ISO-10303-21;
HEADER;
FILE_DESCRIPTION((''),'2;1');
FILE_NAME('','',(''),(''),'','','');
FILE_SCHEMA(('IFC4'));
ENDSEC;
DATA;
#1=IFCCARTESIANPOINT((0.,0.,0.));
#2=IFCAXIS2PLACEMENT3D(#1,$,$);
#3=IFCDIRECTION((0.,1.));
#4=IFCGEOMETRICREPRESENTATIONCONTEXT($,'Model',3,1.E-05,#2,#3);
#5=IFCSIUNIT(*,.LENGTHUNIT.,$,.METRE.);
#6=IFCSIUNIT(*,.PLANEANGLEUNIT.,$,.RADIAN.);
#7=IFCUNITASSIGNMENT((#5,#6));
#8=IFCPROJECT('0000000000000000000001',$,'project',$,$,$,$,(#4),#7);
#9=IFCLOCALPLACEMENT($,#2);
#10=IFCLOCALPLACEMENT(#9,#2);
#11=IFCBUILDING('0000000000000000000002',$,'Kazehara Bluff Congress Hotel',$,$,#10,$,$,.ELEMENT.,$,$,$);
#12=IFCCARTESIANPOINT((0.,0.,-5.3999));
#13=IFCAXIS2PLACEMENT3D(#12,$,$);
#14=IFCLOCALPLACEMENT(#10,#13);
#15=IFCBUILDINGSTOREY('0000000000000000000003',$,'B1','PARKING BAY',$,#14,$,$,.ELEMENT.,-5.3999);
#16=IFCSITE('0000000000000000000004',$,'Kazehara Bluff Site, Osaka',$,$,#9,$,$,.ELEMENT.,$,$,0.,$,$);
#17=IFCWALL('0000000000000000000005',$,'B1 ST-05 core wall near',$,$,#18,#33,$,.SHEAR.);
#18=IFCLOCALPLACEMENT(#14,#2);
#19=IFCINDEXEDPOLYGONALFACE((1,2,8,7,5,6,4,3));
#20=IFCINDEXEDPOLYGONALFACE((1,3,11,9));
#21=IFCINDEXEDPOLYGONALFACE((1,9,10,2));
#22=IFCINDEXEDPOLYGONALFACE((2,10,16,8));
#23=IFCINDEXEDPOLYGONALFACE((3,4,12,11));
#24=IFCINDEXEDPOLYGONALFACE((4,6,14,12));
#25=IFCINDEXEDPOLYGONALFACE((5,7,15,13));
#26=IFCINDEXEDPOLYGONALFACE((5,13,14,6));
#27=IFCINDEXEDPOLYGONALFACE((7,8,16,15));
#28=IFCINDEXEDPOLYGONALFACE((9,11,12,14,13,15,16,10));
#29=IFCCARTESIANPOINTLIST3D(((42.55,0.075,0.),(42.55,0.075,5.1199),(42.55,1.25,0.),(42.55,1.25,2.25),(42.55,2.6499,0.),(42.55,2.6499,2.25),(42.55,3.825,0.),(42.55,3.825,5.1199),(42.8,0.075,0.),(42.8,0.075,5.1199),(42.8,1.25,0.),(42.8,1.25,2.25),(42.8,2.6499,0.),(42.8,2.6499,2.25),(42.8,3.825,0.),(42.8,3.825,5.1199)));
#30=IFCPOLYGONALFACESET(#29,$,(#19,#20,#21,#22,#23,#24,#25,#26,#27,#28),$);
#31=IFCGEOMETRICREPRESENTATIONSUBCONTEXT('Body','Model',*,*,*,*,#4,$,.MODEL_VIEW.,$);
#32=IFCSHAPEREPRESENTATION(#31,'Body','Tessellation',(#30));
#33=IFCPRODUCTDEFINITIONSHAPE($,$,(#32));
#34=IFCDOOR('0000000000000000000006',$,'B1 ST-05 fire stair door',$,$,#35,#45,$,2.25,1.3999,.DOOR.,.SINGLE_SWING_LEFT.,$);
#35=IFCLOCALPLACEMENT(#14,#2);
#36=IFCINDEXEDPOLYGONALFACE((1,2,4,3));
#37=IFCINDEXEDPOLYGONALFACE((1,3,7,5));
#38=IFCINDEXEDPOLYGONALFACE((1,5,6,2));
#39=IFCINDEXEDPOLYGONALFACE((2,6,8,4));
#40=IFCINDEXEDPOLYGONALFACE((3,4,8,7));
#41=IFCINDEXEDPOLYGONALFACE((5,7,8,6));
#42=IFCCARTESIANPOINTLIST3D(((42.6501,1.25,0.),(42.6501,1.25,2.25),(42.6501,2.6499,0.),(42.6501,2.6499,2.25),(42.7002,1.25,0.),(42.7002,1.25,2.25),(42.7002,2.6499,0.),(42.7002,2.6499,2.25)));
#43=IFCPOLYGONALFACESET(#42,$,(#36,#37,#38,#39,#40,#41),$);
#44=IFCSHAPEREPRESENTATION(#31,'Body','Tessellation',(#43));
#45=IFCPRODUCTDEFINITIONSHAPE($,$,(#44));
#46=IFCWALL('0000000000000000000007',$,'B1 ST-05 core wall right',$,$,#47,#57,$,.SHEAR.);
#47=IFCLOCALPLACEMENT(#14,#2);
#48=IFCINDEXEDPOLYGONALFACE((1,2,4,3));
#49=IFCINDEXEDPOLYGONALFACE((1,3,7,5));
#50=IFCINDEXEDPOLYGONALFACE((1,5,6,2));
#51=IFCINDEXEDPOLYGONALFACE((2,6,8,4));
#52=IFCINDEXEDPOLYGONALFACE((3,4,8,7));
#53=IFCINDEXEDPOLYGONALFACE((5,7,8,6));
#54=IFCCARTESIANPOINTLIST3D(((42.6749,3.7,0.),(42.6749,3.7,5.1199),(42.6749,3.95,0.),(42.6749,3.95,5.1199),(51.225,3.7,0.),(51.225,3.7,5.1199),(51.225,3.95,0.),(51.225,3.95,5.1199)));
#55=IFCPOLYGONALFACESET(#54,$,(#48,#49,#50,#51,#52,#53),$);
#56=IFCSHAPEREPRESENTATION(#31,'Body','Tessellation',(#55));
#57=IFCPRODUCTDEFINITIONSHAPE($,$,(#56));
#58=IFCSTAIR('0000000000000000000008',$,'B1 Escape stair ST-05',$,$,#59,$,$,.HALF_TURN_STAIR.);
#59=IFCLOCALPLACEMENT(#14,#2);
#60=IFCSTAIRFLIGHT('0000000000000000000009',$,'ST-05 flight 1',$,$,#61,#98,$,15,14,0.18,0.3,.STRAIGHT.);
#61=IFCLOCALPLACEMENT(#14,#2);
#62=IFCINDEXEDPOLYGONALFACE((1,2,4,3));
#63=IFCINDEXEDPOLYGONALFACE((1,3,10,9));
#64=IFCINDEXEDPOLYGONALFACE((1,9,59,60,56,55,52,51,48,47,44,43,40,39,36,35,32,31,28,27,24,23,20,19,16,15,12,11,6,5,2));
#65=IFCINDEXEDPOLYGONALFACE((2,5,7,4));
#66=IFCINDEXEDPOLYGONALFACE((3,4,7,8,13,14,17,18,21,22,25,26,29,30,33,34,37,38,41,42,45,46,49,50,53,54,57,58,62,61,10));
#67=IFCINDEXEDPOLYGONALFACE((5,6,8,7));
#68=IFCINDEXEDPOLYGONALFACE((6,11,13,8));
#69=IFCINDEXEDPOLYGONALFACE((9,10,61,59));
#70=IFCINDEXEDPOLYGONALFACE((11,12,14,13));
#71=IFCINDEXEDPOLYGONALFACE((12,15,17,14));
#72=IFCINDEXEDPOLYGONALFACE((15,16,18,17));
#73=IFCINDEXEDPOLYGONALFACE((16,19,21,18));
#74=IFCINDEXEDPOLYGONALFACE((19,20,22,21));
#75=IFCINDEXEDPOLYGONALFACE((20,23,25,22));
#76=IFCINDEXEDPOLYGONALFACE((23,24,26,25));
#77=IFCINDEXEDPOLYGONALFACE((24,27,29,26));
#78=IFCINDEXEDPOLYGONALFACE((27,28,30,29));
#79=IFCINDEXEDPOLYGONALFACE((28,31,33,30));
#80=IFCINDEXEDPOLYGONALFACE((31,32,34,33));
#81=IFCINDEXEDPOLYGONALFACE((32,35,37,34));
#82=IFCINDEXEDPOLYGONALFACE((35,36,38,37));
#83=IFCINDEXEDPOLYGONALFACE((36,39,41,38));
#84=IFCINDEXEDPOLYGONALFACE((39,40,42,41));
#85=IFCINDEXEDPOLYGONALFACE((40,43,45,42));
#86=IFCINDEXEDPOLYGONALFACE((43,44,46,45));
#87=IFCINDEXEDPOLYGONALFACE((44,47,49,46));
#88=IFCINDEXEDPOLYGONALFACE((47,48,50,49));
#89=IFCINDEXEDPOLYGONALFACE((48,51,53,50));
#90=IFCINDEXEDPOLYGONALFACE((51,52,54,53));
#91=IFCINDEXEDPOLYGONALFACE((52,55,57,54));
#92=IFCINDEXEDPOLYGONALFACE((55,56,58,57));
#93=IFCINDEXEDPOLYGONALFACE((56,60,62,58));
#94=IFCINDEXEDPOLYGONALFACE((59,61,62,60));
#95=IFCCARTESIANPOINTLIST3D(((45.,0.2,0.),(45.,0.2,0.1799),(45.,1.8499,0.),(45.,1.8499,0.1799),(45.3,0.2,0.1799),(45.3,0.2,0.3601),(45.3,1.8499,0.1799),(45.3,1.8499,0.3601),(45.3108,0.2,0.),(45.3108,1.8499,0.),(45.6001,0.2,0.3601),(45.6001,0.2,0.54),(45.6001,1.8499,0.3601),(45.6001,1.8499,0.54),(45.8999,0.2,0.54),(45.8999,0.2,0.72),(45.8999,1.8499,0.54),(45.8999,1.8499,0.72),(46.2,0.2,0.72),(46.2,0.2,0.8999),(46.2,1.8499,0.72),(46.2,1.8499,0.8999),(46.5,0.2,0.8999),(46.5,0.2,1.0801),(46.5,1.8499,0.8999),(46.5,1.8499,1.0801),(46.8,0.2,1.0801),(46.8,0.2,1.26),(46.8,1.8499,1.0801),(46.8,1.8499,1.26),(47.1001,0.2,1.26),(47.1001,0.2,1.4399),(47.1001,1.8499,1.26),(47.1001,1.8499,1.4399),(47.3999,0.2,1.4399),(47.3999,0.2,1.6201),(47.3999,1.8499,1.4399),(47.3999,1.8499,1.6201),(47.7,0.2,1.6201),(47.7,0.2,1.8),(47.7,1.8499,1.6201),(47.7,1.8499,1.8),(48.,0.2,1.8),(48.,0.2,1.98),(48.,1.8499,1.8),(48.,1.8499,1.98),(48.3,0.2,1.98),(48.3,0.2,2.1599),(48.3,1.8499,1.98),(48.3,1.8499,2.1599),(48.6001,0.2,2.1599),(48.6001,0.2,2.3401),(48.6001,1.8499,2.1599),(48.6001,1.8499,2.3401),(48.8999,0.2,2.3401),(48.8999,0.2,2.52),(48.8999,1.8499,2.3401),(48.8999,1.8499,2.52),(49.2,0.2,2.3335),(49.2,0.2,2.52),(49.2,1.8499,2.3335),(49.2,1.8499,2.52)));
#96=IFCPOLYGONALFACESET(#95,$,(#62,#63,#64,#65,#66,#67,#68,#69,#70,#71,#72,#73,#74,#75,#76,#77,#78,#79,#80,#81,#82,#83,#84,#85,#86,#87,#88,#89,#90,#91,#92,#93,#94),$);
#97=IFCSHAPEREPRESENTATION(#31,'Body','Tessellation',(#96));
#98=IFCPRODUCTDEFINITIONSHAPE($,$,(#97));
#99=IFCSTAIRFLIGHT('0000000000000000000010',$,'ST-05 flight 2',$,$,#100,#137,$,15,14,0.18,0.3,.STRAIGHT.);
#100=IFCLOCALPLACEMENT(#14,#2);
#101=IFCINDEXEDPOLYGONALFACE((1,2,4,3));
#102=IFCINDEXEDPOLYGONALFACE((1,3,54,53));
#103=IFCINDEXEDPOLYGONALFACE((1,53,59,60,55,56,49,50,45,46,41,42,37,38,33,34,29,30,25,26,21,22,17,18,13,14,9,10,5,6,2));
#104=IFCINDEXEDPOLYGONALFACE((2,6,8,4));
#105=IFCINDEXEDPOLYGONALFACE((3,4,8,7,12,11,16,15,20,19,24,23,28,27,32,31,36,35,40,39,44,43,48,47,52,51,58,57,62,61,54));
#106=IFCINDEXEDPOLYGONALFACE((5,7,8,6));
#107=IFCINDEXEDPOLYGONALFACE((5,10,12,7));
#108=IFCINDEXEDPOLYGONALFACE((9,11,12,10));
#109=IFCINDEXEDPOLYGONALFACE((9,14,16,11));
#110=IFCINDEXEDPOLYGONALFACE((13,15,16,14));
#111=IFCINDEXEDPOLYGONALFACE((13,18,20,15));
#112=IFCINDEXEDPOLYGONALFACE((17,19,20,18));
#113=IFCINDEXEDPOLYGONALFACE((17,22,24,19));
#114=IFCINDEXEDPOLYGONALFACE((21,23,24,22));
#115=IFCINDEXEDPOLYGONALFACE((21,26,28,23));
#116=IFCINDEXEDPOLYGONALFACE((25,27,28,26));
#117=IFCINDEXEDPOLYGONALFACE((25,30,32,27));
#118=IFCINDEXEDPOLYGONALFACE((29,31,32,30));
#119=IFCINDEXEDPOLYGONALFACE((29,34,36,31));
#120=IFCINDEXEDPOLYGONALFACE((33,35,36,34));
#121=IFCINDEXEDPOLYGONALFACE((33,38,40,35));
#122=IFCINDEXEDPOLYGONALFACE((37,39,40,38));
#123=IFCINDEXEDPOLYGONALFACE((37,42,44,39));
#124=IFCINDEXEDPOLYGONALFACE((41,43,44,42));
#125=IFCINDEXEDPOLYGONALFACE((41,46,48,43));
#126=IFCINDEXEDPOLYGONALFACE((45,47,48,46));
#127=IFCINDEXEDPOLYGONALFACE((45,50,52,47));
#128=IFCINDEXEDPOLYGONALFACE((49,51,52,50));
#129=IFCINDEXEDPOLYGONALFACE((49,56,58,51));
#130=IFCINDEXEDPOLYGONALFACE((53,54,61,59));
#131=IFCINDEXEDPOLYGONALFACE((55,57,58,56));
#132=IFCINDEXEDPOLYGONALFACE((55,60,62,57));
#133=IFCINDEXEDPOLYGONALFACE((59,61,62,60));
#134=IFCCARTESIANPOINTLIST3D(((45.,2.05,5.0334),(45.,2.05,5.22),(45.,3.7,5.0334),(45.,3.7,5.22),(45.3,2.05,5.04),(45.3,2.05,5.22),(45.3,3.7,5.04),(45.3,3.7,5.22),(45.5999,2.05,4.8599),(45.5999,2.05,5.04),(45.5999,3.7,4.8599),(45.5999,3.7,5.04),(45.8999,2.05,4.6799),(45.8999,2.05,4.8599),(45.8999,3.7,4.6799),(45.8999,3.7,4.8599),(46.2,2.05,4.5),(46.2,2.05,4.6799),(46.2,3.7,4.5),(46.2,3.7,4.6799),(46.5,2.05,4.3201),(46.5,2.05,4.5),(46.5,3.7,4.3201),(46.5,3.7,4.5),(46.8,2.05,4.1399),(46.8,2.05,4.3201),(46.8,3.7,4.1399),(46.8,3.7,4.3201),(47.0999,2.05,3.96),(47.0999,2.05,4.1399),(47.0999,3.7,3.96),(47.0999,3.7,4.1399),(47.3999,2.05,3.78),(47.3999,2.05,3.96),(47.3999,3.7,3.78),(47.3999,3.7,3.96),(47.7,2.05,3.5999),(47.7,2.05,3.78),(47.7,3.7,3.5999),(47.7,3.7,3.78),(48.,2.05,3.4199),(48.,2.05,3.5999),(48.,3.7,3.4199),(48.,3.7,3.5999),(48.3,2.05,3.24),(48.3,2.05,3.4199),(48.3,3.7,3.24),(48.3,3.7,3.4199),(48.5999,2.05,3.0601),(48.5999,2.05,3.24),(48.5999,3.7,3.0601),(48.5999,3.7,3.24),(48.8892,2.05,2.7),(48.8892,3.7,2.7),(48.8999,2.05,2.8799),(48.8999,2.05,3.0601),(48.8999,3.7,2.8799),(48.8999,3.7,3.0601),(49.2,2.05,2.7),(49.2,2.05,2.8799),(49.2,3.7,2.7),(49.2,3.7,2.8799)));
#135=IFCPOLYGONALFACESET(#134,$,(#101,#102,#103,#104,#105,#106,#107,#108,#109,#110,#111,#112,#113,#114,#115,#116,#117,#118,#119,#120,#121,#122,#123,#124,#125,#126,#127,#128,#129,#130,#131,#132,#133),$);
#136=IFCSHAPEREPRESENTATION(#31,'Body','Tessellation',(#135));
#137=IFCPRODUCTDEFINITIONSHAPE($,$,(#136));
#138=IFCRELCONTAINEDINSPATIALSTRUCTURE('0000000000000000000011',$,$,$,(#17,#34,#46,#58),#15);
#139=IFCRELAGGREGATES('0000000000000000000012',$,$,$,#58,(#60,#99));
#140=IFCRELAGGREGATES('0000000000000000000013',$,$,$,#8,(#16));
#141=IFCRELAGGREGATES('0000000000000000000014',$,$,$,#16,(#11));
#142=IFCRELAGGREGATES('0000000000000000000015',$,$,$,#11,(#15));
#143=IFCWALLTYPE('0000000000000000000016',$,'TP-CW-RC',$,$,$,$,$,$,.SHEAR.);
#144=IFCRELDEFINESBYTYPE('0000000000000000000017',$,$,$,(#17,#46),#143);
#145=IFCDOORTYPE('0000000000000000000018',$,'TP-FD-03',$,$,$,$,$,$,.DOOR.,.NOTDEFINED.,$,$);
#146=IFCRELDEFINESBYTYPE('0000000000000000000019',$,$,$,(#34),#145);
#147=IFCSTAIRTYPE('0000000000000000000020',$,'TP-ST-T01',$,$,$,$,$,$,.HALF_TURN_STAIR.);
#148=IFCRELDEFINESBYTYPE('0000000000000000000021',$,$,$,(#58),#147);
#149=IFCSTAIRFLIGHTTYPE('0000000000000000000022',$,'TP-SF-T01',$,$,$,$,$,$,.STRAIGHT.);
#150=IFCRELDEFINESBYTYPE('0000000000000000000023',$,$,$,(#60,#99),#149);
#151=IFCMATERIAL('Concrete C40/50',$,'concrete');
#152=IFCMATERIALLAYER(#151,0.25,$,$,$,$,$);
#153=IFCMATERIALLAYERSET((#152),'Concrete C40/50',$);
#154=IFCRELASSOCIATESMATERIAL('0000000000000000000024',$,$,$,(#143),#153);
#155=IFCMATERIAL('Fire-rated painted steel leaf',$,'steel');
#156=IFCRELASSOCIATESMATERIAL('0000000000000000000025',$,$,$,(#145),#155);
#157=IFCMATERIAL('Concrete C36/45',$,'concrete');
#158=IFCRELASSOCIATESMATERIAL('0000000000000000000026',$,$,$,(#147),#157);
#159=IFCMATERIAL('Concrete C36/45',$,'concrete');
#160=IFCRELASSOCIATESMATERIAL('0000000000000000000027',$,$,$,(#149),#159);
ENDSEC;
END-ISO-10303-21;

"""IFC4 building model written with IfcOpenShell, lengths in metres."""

from ifc_helpers import new_model, si_unit, direction, frame, frame_2d, origin, place, context, subcontext, project, spatial, polyline, rectangle, outline, extrude, material, layer, layer_set, type_object, element, fill, aggregate, save


model = new_model("IFC4")

# Units and contexts
model_context = context("Model", 3, precision=1e-05, world=origin(), true_north=direction((0.0, 1.0)))
body_context = subcontext(model_context, "Body", "Model", "MODEL_VIEW")
ifc_project = project(units=[si_unit("LENGTHUNIT", "METRE"), si_unit("PLANEANGLEUNIT", "RADIAN")], contexts=[model_context])

# Site, building, storey
site_placement = place(None, origin())
site = spatial("IfcSite", under=ifc_project, at=site_placement, Name="Kazehara Bluff Site, Osaka", CompositionType="ELEMENT", RefElevation=0.0)
building_placement = place(site_placement, origin())
building = spatial("IfcBuilding", under=site, at=building_placement, Name="Kazehara Bluff Congress Hotel", CompositionType="ELEMENT")
storey_placement = place(building_placement, frame((0.0, 0.0, -5.3999)))
storey = spatial("IfcBuildingStorey", under=building, at=storey_placement, Name="B1", Description="PARKING BAY", CompositionType="ELEMENT", Elevation=-5.3999)

# Wall, opening, door
ifc_material_1 = material(Name="Concrete C40/50", Category="concrete")
ifc_layer_1 = layer(ifc_material_1, 0.25)
ifc_layer_set_1 = layer_set([ifc_layer_1], Name="Concrete C40/50")
wall_type = type_object("IfcWallType", Name="TP-CW-RC", PredefinedType="SHEAR", material=ifc_layer_set_1)
wall_1_placement = place(storey_placement, frame((42.675, 0.075, 0.0), z_axis=(0.0, 0.0, 1.0), x_axis=(0.0, 1.0, 0.0)))
wall_1 = element("IfcWall", 1, at=wall_1_placement, inside=storey, type_object=wall_type, Name="B1 ST-05 core wall near", PredefinedType="SHEAR", context=body_context, shape_type="SweptSolid", body=[
    extrude(rectangle(XDim=3.75, YDim=0.25, at=frame_2d((1.875, 0.0))), origin(), (0.0, 0.0, 1.0), 5.1199),
])
opening_placement = place(wall_1_placement, frame((1.175, 0.0, 0.0)))
opening = element("IfcOpeningElement", 2, at=opening_placement, cuts=wall_1, PredefinedType="OPENING", context=body_context, shape_type="SweptSolid", body=[
    extrude(rectangle(XDim=1.3999, YDim=2.25, at=frame_2d((0.7, 1.125))), frame((0.0, 0.135, 0.0), z_axis=(0.0, -1.0, 0.0), x_axis=(1.0, 0.0, 0.0)), (0.0, 0.0, 1.0), 0.27),
])
ifc_material_2 = material(Name="Fire-rated painted steel leaf", Category="steel")
door_type = type_object("IfcDoorType", Name="TP-FD-03", OperationType="NOTDEFINED", PredefinedType="DOOR", material=ifc_material_2)
door_placement = place(opening_placement, origin())
door = element("IfcDoor", 3, at=door_placement, inside=storey, type_object=door_type, Name="B1 ST-05 fire stair door", OperationType="SINGLE_SWING_LEFT", OverallHeight=2.25, OverallWidth=1.3999, PredefinedType="DOOR", context=body_context, shape_type="SweptSolid", body=[
    extrude(rectangle(XDim=1.3999, YDim=2.25, at=frame_2d((0.7, 1.125))), frame((0.0, 0.0249, 0.0), z_axis=(0.0, -1.0, 0.0), x_axis=(1.0, 0.0, 0.0)), (0.0, 0.0, 1.0), 0.05),
])
fill(opening, door)

# Wall
wall_2_placement = place(storey_placement, frame((42.675, 3.825, 0.0), z_axis=(0.0, 0.0, 1.0), x_axis=(1.0, 0.0, 0.0)))
element("IfcWall", 4, at=wall_2_placement, inside=storey, type_object=wall_type, Name="B1 ST-05 core wall right", PredefinedType="SHEAR", context=body_context, shape_type="SweptSolid", body=[
    extrude(rectangle(XDim=8.55, YDim=0.25, at=frame_2d((4.2749, 0.0))), origin(), (0.0, 0.0, 1.0), 5.1199),
])

# Stair, stair flights
ifc_material_3 = material(Name="Concrete C36/45", Category="concrete")
stair_type = type_object("IfcStairType", Name="TP-ST-T01", PredefinedType="HALF_TURN_STAIR", material=ifc_material_3)
stair_placement = place(storey_placement, origin())
stair = element("IfcStair", 5, at=stair_placement, inside=storey, type_object=stair_type, Name="B1 Escape stair ST-05", PredefinedType="HALF_TURN_STAIR")
ifc_material_4 = material(Name="Concrete C36/45", Category="concrete")
stair_flight_type = type_object("IfcStairFlightType", Name="TP-SF-T01", PredefinedType="STRAIGHT", material=ifc_material_4)
stair_flight_1_placement = place(storey_placement, frame((45.0, 1.0249, 0.0), z_axis=(0.0, 0.0, 1.0), x_axis=(1.0, 0.0, 0.0)))
stair_flight_1 = element("IfcStairFlight", 6, at=stair_flight_1_placement, type_object=stair_flight_type, Name="ST-05 flight 1", NumberOfRisers=15, NumberOfTreads=14, PredefinedType="STRAIGHT", RiserHeight=0.18, TreadLength=0.3, context=body_context, shape_type="SweptSolid", body=[
    extrude(outline(polyline([(0.0, 0.0), (0.0, 0.1799), (0.3, 0.1799), (0.3, 0.3601), (0.6001, 0.3601), (0.6001, 0.54), (0.8999, 0.54), (0.8999, 0.72), (1.2, 0.72), (1.2, 0.8999), (1.5, 0.8999), (1.5, 1.0801), (1.8, 1.0801), (1.8, 1.26), (2.1001, 1.26), (2.1001, 1.4399), (2.3999, 1.4399), (2.3999, 1.6201), (2.7, 1.6201), (2.7, 1.8), (3.0, 1.8), (3.0, 1.98), (3.3, 1.98), (3.3, 2.1599), (3.6001, 2.1599), (3.6001, 2.3401), (3.8999, 2.3401), (3.8999, 2.52), (4.2, 2.52), (4.2, 2.7), (4.2, 2.3335), (0.3108, 0.0), (0.0, 0.0)])), frame((0.0, 0.825, 0.0), z_axis=(0.0, -1.0, 0.0), x_axis=(1.0, 0.0, 0.0)), (0.0, 0.0, 1.0), 1.6499),
])
stair_flight_2_placement = place(storey_placement, frame((49.2, 2.875, 2.7), z_axis=(0.0, 0.0, 1.0), x_axis=(-1.0, 0.0, 0.0)))
stair_flight_2 = element("IfcStairFlight", 7, at=stair_flight_2_placement, type_object=stair_flight_type, Name="ST-05 flight 2", NumberOfRisers=15, NumberOfTreads=14, PredefinedType="STRAIGHT", RiserHeight=0.18, TreadLength=0.3, context=body_context, shape_type="SweptSolid", body=[
    extrude(outline(polyline([(0.0, 0.0), (0.0, 0.1799), (0.3, 0.1799), (0.3, 0.3601), (0.6001, 0.3601), (0.6001, 0.54), (0.8999, 0.54), (0.8999, 0.72), (1.2, 0.72), (1.2, 0.8999), (1.5, 0.8999), (1.5, 1.0801), (1.8, 1.0801), (1.8, 1.26), (2.1001, 1.26), (2.1001, 1.4399), (2.3999, 1.4399), (2.3999, 1.6201), (2.7, 1.6201), (2.7, 1.8), (3.0, 1.8), (3.0, 1.98), (3.3, 1.98), (3.3, 2.1599), (3.6001, 2.1599), (3.6001, 2.3401), (3.8999, 2.3401), (3.8999, 2.52), (4.2, 2.52), (4.2, 2.7), (4.2, 2.3335), (0.3108, 0.0), (0.0, 0.0)])), frame((0.0, 0.825, 0.0), z_axis=(0.0, -1.0, 0.0), x_axis=(1.0, 0.0, 0.0)), (0.0, 0.0, 1.0), 1.6499),
])
aggregate(stair, [stair_flight_1, stair_flight_2])

save(model, "model.ifc")
